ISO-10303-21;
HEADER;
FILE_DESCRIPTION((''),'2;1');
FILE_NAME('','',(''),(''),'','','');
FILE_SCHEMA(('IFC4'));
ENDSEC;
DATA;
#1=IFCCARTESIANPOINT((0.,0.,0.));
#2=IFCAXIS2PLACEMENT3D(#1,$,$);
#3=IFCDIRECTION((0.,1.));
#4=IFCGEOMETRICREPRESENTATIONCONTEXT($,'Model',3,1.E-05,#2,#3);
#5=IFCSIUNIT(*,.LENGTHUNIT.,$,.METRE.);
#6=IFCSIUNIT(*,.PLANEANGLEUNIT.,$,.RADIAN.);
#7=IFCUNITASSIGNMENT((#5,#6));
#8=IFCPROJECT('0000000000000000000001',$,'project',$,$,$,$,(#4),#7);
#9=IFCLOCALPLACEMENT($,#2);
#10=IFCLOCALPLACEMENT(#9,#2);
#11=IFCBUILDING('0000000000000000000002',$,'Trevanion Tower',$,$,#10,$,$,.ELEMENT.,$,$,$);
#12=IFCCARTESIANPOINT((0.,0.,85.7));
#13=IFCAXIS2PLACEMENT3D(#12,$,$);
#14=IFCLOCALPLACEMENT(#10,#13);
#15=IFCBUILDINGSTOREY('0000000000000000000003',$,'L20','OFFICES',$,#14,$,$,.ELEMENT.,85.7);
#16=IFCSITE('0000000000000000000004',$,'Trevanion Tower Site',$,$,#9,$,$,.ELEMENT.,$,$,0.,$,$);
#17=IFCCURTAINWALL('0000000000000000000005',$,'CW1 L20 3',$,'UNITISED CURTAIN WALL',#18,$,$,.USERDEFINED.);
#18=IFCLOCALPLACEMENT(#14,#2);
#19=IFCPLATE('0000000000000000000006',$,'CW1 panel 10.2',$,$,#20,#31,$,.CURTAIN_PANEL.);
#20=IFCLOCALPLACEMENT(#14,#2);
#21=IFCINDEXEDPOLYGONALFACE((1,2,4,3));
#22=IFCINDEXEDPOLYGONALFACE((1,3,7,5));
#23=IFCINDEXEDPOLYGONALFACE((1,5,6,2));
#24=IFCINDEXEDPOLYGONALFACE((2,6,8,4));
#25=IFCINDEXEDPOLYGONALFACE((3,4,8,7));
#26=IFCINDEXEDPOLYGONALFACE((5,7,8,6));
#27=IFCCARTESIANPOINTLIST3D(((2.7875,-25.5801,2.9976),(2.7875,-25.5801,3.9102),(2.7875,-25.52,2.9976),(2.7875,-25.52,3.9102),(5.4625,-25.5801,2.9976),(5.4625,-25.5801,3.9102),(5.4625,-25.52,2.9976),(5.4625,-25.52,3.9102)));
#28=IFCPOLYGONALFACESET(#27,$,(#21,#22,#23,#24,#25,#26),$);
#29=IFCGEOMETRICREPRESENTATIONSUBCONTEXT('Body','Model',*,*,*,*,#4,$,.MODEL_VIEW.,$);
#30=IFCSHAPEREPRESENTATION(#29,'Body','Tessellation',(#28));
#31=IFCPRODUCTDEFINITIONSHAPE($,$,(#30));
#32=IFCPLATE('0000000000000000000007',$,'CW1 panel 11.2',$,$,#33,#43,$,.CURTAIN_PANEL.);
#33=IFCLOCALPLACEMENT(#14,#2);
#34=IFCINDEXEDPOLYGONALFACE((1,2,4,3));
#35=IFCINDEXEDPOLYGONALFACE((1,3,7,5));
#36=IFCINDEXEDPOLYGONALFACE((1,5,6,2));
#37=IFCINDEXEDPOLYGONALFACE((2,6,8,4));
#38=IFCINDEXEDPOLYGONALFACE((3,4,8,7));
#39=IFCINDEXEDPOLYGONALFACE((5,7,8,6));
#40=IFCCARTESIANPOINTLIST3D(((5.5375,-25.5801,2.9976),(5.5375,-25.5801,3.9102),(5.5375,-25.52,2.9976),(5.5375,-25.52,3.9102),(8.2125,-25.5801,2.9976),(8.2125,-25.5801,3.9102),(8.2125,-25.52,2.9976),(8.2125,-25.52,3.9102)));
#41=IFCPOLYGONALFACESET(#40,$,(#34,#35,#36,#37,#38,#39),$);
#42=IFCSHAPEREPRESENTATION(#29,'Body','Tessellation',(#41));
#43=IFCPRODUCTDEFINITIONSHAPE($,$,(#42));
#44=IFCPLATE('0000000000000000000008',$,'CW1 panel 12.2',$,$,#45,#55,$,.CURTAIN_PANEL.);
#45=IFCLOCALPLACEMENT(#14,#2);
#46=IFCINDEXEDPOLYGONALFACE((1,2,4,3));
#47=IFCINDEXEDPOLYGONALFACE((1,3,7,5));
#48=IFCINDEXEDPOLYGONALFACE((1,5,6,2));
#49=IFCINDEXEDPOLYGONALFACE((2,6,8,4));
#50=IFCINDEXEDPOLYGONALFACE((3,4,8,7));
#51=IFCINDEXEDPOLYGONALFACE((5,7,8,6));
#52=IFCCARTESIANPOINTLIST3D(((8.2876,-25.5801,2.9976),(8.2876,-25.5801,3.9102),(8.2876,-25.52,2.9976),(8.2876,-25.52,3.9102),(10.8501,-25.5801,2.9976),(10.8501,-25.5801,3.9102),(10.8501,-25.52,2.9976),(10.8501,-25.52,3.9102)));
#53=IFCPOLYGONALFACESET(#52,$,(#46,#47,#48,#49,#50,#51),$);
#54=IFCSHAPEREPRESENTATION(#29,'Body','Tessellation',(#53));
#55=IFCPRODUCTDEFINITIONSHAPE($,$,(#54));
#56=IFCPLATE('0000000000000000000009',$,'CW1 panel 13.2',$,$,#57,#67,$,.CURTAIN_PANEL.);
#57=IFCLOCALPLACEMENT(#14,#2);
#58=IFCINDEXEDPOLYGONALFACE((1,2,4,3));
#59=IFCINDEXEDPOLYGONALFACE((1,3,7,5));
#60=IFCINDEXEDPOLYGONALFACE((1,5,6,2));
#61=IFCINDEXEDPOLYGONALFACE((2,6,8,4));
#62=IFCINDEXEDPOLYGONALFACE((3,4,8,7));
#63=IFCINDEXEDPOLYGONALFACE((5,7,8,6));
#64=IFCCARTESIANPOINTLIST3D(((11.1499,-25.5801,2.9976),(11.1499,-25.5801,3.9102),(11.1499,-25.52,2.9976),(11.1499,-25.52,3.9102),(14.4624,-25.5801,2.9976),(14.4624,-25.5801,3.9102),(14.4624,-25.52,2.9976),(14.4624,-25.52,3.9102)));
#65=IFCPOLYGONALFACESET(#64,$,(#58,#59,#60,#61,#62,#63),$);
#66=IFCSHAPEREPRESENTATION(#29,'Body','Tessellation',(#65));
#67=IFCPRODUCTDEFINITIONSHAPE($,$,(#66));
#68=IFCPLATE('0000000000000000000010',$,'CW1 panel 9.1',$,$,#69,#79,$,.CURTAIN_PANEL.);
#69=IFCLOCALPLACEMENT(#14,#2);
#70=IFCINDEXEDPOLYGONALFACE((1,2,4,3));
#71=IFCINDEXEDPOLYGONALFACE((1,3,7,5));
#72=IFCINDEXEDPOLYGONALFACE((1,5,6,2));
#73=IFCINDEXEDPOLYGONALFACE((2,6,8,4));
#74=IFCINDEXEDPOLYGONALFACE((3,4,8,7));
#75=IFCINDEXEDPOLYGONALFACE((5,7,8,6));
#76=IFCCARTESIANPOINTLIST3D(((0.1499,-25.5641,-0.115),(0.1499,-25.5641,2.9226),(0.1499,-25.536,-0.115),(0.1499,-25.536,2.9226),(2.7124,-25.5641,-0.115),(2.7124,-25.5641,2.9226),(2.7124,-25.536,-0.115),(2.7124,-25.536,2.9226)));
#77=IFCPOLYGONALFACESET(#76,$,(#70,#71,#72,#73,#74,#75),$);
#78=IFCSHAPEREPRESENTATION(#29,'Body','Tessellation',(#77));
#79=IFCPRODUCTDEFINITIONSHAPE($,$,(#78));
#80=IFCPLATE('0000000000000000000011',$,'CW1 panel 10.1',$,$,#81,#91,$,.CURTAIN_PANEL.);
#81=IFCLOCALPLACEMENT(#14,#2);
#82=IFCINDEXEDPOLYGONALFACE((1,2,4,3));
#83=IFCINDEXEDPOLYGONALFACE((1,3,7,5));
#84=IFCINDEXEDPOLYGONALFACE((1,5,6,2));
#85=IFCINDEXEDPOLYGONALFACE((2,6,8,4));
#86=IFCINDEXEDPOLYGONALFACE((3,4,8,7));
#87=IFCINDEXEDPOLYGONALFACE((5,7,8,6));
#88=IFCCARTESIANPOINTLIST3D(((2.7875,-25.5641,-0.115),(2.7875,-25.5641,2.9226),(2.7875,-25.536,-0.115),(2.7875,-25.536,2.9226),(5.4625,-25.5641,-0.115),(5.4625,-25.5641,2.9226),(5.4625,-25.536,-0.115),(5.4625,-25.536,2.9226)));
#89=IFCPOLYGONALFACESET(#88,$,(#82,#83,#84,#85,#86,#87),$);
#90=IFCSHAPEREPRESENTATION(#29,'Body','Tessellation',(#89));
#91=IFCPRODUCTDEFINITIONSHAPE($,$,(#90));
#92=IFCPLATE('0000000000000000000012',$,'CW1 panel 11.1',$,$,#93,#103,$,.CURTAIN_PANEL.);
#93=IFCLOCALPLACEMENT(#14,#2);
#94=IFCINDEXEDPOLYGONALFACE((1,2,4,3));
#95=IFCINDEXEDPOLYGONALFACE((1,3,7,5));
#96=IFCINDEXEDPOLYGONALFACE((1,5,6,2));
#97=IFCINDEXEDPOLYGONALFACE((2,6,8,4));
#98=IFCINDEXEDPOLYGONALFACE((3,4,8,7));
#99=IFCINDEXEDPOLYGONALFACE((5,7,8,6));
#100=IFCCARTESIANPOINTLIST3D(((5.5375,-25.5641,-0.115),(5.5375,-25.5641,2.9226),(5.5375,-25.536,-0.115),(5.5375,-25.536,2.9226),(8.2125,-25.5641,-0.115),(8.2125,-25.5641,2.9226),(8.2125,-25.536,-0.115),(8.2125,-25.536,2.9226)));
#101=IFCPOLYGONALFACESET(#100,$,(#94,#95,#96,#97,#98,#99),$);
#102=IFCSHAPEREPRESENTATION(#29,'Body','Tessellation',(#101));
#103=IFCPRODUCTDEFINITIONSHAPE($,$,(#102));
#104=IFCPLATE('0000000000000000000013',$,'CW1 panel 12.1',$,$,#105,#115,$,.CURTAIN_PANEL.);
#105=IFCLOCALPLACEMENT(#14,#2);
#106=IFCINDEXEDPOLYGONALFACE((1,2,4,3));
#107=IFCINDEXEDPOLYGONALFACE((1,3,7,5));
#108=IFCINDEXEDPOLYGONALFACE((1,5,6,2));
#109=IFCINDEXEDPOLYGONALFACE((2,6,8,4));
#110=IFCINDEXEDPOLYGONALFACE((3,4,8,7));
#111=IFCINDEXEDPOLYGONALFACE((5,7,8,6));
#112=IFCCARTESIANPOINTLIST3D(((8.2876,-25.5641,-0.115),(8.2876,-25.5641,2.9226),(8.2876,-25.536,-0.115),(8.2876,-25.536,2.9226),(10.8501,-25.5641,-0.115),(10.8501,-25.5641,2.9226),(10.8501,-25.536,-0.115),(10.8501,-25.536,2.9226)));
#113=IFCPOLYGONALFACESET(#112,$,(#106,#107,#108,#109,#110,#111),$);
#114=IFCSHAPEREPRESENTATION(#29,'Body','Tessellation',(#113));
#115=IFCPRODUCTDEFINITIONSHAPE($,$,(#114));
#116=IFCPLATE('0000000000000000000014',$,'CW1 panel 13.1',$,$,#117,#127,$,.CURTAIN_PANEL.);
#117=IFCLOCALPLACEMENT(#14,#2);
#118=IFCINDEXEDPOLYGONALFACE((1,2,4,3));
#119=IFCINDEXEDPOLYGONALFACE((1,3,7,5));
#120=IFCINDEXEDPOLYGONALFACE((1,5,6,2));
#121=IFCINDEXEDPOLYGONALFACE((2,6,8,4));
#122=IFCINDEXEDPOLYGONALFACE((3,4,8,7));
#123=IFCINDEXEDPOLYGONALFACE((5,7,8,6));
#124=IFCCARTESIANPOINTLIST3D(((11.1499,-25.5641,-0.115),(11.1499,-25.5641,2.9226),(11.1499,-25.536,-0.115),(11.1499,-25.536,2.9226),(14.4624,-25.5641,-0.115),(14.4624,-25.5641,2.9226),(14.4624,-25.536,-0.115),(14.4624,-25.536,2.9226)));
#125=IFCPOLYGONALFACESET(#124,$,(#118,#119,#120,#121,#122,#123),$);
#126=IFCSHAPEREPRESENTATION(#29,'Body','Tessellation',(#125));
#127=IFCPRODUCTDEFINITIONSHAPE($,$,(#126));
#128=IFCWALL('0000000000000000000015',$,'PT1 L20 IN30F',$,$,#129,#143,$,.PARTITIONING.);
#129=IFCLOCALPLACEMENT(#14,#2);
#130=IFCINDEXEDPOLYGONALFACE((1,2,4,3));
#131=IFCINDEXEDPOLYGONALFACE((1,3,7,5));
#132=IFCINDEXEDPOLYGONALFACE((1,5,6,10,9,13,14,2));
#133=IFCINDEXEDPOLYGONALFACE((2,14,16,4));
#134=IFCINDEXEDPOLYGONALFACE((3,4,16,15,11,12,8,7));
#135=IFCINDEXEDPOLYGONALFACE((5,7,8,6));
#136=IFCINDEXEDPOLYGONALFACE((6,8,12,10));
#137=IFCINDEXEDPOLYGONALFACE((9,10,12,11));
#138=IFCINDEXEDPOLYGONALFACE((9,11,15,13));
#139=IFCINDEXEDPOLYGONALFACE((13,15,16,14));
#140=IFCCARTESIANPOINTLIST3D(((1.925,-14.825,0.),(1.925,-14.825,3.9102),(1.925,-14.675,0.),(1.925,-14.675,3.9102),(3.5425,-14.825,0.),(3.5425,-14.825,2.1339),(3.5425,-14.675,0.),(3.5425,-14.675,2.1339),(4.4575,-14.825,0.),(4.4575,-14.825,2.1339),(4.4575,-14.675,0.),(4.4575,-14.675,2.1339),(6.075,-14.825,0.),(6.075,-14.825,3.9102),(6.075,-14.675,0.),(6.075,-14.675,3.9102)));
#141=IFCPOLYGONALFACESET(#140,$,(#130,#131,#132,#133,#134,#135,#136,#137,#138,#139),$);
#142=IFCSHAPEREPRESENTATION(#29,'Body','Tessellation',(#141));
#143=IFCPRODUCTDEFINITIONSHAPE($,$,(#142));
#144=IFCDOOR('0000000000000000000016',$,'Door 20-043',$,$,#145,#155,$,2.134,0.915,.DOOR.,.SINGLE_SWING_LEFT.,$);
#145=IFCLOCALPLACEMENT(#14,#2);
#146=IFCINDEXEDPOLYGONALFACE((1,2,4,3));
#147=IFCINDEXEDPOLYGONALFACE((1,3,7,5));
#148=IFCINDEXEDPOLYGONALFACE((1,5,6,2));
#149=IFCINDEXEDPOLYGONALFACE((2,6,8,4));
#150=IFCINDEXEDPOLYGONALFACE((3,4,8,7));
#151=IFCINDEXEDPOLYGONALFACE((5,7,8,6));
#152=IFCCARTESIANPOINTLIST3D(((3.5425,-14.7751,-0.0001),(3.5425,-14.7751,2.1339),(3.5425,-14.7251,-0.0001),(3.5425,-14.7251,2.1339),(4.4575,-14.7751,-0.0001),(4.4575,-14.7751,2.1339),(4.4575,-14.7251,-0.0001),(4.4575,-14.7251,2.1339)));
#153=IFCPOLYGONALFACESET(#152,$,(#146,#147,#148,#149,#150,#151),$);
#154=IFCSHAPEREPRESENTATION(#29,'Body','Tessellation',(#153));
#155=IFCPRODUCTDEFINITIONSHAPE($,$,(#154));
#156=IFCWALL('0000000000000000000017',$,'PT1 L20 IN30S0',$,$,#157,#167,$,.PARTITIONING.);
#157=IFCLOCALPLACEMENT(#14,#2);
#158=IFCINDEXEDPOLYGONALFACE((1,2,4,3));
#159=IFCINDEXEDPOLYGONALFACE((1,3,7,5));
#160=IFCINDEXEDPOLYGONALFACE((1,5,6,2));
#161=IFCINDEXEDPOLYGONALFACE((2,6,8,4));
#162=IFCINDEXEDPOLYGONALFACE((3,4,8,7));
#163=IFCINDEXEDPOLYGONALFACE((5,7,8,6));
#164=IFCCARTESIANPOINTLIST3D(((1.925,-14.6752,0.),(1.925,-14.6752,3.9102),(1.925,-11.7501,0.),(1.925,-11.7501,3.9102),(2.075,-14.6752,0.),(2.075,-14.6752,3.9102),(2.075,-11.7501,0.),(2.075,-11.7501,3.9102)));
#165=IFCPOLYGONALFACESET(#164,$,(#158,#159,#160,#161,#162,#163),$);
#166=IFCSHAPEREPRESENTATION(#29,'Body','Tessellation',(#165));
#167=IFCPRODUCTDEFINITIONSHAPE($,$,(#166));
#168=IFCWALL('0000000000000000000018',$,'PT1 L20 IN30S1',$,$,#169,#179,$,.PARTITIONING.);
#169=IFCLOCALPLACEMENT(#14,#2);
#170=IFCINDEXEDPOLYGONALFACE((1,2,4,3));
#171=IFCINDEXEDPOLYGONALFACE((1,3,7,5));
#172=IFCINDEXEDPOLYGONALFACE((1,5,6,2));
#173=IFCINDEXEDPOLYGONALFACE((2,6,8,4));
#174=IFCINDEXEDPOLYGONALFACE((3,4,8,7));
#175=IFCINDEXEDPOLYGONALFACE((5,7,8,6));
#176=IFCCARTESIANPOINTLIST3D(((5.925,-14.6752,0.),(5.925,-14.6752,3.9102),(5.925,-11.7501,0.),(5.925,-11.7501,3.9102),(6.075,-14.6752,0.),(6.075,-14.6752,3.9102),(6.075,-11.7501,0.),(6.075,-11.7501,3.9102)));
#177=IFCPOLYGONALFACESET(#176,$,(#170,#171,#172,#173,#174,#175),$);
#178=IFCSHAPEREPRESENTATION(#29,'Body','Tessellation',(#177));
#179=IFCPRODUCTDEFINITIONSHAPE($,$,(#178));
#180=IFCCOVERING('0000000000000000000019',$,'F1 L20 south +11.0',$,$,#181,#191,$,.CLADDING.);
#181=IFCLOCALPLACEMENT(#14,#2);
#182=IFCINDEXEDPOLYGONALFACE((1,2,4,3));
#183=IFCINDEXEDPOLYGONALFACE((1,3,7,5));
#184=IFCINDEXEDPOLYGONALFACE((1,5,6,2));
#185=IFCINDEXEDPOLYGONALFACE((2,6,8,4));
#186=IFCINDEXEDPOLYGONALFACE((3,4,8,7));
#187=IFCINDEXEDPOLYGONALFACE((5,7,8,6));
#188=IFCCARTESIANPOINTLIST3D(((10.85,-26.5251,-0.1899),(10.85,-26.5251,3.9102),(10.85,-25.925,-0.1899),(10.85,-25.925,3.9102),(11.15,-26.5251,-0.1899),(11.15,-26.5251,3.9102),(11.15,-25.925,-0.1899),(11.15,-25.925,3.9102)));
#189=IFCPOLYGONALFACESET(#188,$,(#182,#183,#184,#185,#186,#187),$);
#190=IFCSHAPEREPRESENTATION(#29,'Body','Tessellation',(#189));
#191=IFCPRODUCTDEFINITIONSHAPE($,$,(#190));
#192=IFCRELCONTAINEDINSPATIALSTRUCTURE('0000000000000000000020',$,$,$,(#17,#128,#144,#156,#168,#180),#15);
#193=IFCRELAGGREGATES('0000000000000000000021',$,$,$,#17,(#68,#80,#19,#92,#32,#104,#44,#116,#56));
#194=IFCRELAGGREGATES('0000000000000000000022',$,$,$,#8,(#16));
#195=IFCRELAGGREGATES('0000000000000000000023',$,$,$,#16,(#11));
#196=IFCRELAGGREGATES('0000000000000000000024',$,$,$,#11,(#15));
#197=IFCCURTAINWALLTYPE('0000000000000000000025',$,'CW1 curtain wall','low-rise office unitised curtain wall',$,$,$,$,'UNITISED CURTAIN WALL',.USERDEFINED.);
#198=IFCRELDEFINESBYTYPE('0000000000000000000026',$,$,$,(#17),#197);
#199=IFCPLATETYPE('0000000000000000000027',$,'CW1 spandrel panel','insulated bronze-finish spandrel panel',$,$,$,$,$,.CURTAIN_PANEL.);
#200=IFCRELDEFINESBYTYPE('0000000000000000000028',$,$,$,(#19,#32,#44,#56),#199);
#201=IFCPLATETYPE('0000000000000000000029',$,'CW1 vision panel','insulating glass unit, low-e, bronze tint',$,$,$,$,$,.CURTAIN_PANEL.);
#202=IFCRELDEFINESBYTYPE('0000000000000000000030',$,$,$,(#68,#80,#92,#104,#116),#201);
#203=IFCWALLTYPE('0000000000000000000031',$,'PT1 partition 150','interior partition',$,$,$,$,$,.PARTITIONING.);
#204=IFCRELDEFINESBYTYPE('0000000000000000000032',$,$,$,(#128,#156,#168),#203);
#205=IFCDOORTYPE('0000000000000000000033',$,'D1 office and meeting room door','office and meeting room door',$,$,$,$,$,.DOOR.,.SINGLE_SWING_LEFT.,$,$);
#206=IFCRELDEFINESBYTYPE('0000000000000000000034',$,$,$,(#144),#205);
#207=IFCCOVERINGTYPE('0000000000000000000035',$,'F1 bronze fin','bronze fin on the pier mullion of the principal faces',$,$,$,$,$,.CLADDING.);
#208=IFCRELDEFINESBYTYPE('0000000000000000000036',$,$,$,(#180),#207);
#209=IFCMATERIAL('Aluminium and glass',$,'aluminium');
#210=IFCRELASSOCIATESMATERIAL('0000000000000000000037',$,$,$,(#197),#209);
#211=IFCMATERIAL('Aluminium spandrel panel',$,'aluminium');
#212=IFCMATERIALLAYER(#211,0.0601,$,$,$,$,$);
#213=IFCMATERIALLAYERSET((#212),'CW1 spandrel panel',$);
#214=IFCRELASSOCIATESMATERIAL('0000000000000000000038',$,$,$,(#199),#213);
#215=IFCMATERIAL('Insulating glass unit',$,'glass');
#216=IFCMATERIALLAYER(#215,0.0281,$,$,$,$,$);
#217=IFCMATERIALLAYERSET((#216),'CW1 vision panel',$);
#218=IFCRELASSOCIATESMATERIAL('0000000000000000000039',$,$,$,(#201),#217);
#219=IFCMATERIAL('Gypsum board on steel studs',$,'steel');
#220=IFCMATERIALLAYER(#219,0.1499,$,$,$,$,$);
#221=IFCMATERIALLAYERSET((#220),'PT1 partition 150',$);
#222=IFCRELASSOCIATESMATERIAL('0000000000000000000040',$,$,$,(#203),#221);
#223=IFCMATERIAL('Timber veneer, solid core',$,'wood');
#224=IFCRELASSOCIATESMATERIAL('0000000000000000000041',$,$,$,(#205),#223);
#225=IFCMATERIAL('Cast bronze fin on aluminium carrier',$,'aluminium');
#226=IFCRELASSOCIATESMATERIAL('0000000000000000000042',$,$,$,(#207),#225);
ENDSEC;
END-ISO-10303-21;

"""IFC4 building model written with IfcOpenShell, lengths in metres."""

from ifc_helpers import new_model, si_unit, direction, frame, frame_2d, origin, origin_2d, place, context, subcontext, project, spatial, rectangle, extrude, material, layer, layer_set, type_object, element, fill, aggregate, save


model = new_model("IFC4")

# Units and contexts
model_context = context("Model", 3, precision=1e-05, world=origin(), true_north=direction((0.0, 1.0)))
body_context = subcontext(model_context, "Body", "Model", "MODEL_VIEW")
ifc_project = project(units=[si_unit("LENGTHUNIT", "METRE"), si_unit("PLANEANGLEUNIT", "RADIAN")], contexts=[model_context])

# Site, building, storey
site_placement = place(None, origin())
site = spatial("IfcSite", under=ifc_project, at=site_placement, Name="Trevanion Tower Site", CompositionType="ELEMENT", RefElevation=0.0)
building_placement = place(site_placement, origin())
building = spatial("IfcBuilding", under=site, at=building_placement, Name="Trevanion Tower", CompositionType="ELEMENT")
storey_placement = place(building_placement, frame((0.0, 0.0, 85.7)))
storey = spatial("IfcBuildingStorey", under=building, at=storey_placement, Name="L20", Description="OFFICES", CompositionType="ELEMENT", Elevation=85.7)

# Curtain wall
ifc_material_1 = material(Name="Aluminium and glass", Category="aluminium")
curtain_wall_type = type_object("IfcCurtainWallType", Name="CW1 curtain wall", Description="low-rise office unitised curtain wall", ElementType="UNITISED CURTAIN WALL", PredefinedType="USERDEFINED", material=ifc_material_1)
curtain_wall_placement = place(storey_placement, origin())
curtain_wall = element("IfcCurtainWall", 1, at=curtain_wall_placement, inside=storey, type_object=curtain_wall_type, Name="CW1 L20 3", ObjectType="UNITISED CURTAIN WALL", PredefinedType="USERDEFINED")

# Plates
ifc_material_2 = material(Name="Aluminium spandrel panel", Category="aluminium")
ifc_layer_1 = layer(ifc_material_2, 0.0601)
ifc_layer_set_1 = layer_set([ifc_layer_1], Name="CW1 spandrel panel")
plate_type_1 = type_object("IfcPlateType", Name="CW1 spandrel panel", Description="insulated bronze-finish spandrel panel", PredefinedType="CURTAIN_PANEL", material=ifc_layer_set_1)
plate_1_placement = place(storey_placement, frame((4.125, -25.55, 2.9976), z_axis=(0.0, 0.0, 1.0), x_axis=(1.0, 0.0, 0.0)))
plate_1 = element("IfcPlate", 2, at=plate_1_placement, type_object=plate_type_1, Name="CW1 panel 10.2", PredefinedType="CURTAIN_PANEL", context=body_context, shape_type="SweptSolid", body=[
    extrude(rectangle(XDim=2.675, YDim=0.0601, at=origin_2d()), origin(), (0.0, 0.0, 1.0), 0.9126),
])
plate_2_placement = place(storey_placement, frame((6.875, -25.55, 2.9976), z_axis=(0.0, 0.0, 1.0), x_axis=(1.0, 0.0, 0.0)))
plate_2 = element("IfcPlate", 3, at=plate_2_placement, type_object=plate_type_1, Name="CW1 panel 11.2", PredefinedType="CURTAIN_PANEL", context=body_context, shape_type="SweptSolid", body=[
    extrude(rectangle(XDim=2.675, YDim=0.0601, at=origin_2d()), origin(), (0.0, 0.0, 1.0), 0.9126),
])
plate_3_placement = place(storey_placement, frame((9.5688, -25.55, 2.9976), z_axis=(0.0, 0.0, 1.0), x_axis=(1.0, 0.0, 0.0)))
plate_3 = element("IfcPlate", 4, at=plate_3_placement, type_object=plate_type_1, Name="CW1 panel 12.2", PredefinedType="CURTAIN_PANEL", context=body_context, shape_type="SweptSolid", body=[
    extrude(rectangle(XDim=2.5625, YDim=0.0601, at=origin_2d()), origin(), (0.0, 0.0, 1.0), 0.9126),
])
plate_4_placement = place(storey_placement, frame((12.8062, -25.55, 2.9976), z_axis=(0.0, 0.0, 1.0), x_axis=(1.0, 0.0, 0.0)))
plate_4 = element("IfcPlate", 5, at=plate_4_placement, type_object=plate_type_1, Name="CW1 panel 13.2", PredefinedType="CURTAIN_PANEL", context=body_context, shape_type="SweptSolid", body=[
    extrude(rectangle(XDim=3.3125, YDim=0.0601, at=origin_2d()), origin(), (0.0, 0.0, 1.0), 0.9126),
])
ifc_material_3 = material(Name="Insulating glass unit", Category="glass")
ifc_layer_2 = layer(ifc_material_3, 0.0281)
ifc_layer_set_2 = layer_set([ifc_layer_2], Name="CW1 vision panel")
plate_type_2 = type_object("IfcPlateType", Name="CW1 vision panel", Description="insulating glass unit, low-e, bronze tint", PredefinedType="CURTAIN_PANEL", material=ifc_layer_set_2)
plate_5_placement = place(storey_placement, frame((1.4312, -25.55, -0.115), z_axis=(0.0, 0.0, 1.0), x_axis=(1.0, 0.0, 0.0)))
plate_5 = element("IfcPlate", 6, at=plate_5_placement, type_object=plate_type_2, Name="CW1 panel 9.1", PredefinedType="CURTAIN_PANEL", context=body_context, shape_type="SweptSolid", body=[
    extrude(rectangle(XDim=2.5625, YDim=0.0281, at=origin_2d()), origin(), (0.0, 0.0, 1.0), 3.0376),
])
plate_6_placement = place(storey_placement, frame((4.125, -25.55, -0.115), z_axis=(0.0, 0.0, 1.0), x_axis=(1.0, 0.0, 0.0)))
plate_6 = element("IfcPlate", 7, at=plate_6_placement, type_object=plate_type_2, Name="CW1 panel 10.1", PredefinedType="CURTAIN_PANEL", context=body_context, shape_type="SweptSolid", body=[
    extrude(rectangle(XDim=2.675, YDim=0.0281, at=origin_2d()), origin(), (0.0, 0.0, 1.0), 3.0376),
])
plate_7_placement = place(storey_placement, frame((6.875, -25.55, -0.115), z_axis=(0.0, 0.0, 1.0), x_axis=(1.0, 0.0, 0.0)))
plate_7 = element("IfcPlate", 8, at=plate_7_placement, type_object=plate_type_2, Name="CW1 panel 11.1", PredefinedType="CURTAIN_PANEL", context=body_context, shape_type="SweptSolid", body=[
    extrude(rectangle(XDim=2.675, YDim=0.0281, at=origin_2d()), origin(), (0.0, 0.0, 1.0), 3.0376),
])
plate_8_placement = place(storey_placement, frame((9.5688, -25.55, -0.115), z_axis=(0.0, 0.0, 1.0), x_axis=(1.0, 0.0, 0.0)))
plate_8 = element("IfcPlate", 9, at=plate_8_placement, type_object=plate_type_2, Name="CW1 panel 12.1", PredefinedType="CURTAIN_PANEL", context=body_context, shape_type="SweptSolid", body=[
    extrude(rectangle(XDim=2.5625, YDim=0.0281, at=origin_2d()), origin(), (0.0, 0.0, 1.0), 3.0376),
])
plate_9_placement = place(storey_placement, frame((12.8062, -25.55, -0.115), z_axis=(0.0, 0.0, 1.0), x_axis=(1.0, 0.0, 0.0)))
plate_9 = element("IfcPlate", 10, at=plate_9_placement, type_object=plate_type_2, Name="CW1 panel 13.1", PredefinedType="CURTAIN_PANEL", context=body_context, shape_type="SweptSolid", body=[
    extrude(rectangle(XDim=3.3125, YDim=0.0281, at=origin_2d()), origin(), (0.0, 0.0, 1.0), 3.0376),
])
aggregate(curtain_wall, [plate_5, plate_6, plate_1, plate_7, plate_2, plate_8, plate_3, plate_9, plate_4])

# Wall, opening, door
ifc_material_4 = material(Name="Gypsum board on steel studs", Category="steel")
ifc_layer_3 = layer(ifc_material_4, 0.1499)
ifc_layer_set_3 = layer_set([ifc_layer_3], Name="PT1 partition 150")
wall_type = type_object("IfcWallType", Name="PT1 partition 150", Description="interior partition", PredefinedType="PARTITIONING", material=ifc_layer_set_3)
wall_placement = place(storey_placement, frame((1.925, -14.75, 0.0), z_axis=(0.0, 0.0, 1.0), x_axis=(1.0, 0.0, 0.0)))
wall = element("IfcWall", 11, at=wall_placement, inside=storey, type_object=wall_type, Name="PT1 L20 IN30F", PredefinedType="PARTITIONING", context=body_context, shape_type="SweptSolid", body=[
    extrude(rectangle(XDim=4.1499, YDim=0.1499, at=frame_2d((2.075, 0.0))), origin(), (0.0, 0.0, 1.0), 3.9102),
])
opening_placement = place(wall_placement, frame((1.6174, 0.0, 0.0)))
opening = element("IfcOpeningElement", 12, at=opening_placement, cuts=wall, PredefinedType="OPENING", context=body_context, shape_type="SweptSolid", body=[
    extrude(rectangle(XDim=0.915, YDim=2.134, at=frame_2d((0.4575, 1.0669))), frame((0.0, 0.085, 0.0), z_axis=(0.0, -1.0, 0.0), x_axis=(1.0, 0.0, 0.0)), (0.0, 0.0, 1.0), 0.1699),
])
ifc_material_5 = material(Name="Timber veneer, solid core", Category="wood")
door_type = type_object("IfcDoorType", Name="D1 office and meeting room door", Description="office and meeting room door", OperationType="SINGLE_SWING_LEFT", PredefinedType="DOOR", material=ifc_material_5)
door_placement = place(opening_placement, origin())
door = element("IfcDoor", 13, at=door_placement, inside=storey, type_object=door_type, Name="Door 20-043", OperationType="SINGLE_SWING_LEFT", OverallHeight=2.134, OverallWidth=0.915, PredefinedType="DOOR", context=body_context, shape_type="SweptSolid", body=[
    extrude(rectangle(XDim=0.915, YDim=2.134, at=frame_2d((0.4575, 1.0669))), frame((0.0, 0.0249, 0.0), z_axis=(0.0, -1.0, 0.0), x_axis=(1.0, 0.0, 0.0)), (0.0, 0.0, 1.0), 0.05),
])
fill(opening, door)

# Walls
for number, where, z_axis, x_axis, name in (
    (14, (2.0, -14.675, 0.0), (0.0, 0.0, 1.0), (0.0, 1.0, 0.0), "PT1 L20 IN30S0"),
    (15, (6.0, -14.675, 0.0), (0.0, 0.0, 1.0), (0.0, 1.0, 0.0), "PT1 L20 IN30S1"),
):
    element("IfcWall", number, at=place(storey_placement, frame(where, z_axis=z_axis, x_axis=x_axis)), inside=storey, type_object=wall_type, Name=name, PredefinedType="PARTITIONING", context=body_context, shape_type="SweptSolid", body=[
        extrude(rectangle(XDim=2.925, YDim=0.1499, at=frame_2d((1.4624, 0.0))), origin(), (0.0, 0.0, 1.0), 3.9102),
    ])

# Covering
ifc_material_6 = material(Name="Cast bronze fin on aluminium carrier", Category="aluminium")
covering_type = type_object("IfcCoveringType", Name="F1 bronze fin", Description="bronze fin on the pier mullion of the principal faces", PredefinedType="CLADDING", material=ifc_material_6)
covering_placement = place(storey_placement, frame((11.0, -26.2251, -0.1899), z_axis=(0.0, 0.0, 1.0), x_axis=(1.0, 0.0, 0.0)))
element("IfcCovering", 16, at=covering_placement, inside=storey, type_object=covering_type, Name="F1 L20 south +11.0", PredefinedType="CLADDING", context=body_context, shape_type="SweptSolid", body=[
    extrude(rectangle(XDim=0.3, YDim=0.6001, at=origin_2d()), origin(), (0.0, 0.0, 1.0), 4.1001),
])

save(model, "model.ifc")
